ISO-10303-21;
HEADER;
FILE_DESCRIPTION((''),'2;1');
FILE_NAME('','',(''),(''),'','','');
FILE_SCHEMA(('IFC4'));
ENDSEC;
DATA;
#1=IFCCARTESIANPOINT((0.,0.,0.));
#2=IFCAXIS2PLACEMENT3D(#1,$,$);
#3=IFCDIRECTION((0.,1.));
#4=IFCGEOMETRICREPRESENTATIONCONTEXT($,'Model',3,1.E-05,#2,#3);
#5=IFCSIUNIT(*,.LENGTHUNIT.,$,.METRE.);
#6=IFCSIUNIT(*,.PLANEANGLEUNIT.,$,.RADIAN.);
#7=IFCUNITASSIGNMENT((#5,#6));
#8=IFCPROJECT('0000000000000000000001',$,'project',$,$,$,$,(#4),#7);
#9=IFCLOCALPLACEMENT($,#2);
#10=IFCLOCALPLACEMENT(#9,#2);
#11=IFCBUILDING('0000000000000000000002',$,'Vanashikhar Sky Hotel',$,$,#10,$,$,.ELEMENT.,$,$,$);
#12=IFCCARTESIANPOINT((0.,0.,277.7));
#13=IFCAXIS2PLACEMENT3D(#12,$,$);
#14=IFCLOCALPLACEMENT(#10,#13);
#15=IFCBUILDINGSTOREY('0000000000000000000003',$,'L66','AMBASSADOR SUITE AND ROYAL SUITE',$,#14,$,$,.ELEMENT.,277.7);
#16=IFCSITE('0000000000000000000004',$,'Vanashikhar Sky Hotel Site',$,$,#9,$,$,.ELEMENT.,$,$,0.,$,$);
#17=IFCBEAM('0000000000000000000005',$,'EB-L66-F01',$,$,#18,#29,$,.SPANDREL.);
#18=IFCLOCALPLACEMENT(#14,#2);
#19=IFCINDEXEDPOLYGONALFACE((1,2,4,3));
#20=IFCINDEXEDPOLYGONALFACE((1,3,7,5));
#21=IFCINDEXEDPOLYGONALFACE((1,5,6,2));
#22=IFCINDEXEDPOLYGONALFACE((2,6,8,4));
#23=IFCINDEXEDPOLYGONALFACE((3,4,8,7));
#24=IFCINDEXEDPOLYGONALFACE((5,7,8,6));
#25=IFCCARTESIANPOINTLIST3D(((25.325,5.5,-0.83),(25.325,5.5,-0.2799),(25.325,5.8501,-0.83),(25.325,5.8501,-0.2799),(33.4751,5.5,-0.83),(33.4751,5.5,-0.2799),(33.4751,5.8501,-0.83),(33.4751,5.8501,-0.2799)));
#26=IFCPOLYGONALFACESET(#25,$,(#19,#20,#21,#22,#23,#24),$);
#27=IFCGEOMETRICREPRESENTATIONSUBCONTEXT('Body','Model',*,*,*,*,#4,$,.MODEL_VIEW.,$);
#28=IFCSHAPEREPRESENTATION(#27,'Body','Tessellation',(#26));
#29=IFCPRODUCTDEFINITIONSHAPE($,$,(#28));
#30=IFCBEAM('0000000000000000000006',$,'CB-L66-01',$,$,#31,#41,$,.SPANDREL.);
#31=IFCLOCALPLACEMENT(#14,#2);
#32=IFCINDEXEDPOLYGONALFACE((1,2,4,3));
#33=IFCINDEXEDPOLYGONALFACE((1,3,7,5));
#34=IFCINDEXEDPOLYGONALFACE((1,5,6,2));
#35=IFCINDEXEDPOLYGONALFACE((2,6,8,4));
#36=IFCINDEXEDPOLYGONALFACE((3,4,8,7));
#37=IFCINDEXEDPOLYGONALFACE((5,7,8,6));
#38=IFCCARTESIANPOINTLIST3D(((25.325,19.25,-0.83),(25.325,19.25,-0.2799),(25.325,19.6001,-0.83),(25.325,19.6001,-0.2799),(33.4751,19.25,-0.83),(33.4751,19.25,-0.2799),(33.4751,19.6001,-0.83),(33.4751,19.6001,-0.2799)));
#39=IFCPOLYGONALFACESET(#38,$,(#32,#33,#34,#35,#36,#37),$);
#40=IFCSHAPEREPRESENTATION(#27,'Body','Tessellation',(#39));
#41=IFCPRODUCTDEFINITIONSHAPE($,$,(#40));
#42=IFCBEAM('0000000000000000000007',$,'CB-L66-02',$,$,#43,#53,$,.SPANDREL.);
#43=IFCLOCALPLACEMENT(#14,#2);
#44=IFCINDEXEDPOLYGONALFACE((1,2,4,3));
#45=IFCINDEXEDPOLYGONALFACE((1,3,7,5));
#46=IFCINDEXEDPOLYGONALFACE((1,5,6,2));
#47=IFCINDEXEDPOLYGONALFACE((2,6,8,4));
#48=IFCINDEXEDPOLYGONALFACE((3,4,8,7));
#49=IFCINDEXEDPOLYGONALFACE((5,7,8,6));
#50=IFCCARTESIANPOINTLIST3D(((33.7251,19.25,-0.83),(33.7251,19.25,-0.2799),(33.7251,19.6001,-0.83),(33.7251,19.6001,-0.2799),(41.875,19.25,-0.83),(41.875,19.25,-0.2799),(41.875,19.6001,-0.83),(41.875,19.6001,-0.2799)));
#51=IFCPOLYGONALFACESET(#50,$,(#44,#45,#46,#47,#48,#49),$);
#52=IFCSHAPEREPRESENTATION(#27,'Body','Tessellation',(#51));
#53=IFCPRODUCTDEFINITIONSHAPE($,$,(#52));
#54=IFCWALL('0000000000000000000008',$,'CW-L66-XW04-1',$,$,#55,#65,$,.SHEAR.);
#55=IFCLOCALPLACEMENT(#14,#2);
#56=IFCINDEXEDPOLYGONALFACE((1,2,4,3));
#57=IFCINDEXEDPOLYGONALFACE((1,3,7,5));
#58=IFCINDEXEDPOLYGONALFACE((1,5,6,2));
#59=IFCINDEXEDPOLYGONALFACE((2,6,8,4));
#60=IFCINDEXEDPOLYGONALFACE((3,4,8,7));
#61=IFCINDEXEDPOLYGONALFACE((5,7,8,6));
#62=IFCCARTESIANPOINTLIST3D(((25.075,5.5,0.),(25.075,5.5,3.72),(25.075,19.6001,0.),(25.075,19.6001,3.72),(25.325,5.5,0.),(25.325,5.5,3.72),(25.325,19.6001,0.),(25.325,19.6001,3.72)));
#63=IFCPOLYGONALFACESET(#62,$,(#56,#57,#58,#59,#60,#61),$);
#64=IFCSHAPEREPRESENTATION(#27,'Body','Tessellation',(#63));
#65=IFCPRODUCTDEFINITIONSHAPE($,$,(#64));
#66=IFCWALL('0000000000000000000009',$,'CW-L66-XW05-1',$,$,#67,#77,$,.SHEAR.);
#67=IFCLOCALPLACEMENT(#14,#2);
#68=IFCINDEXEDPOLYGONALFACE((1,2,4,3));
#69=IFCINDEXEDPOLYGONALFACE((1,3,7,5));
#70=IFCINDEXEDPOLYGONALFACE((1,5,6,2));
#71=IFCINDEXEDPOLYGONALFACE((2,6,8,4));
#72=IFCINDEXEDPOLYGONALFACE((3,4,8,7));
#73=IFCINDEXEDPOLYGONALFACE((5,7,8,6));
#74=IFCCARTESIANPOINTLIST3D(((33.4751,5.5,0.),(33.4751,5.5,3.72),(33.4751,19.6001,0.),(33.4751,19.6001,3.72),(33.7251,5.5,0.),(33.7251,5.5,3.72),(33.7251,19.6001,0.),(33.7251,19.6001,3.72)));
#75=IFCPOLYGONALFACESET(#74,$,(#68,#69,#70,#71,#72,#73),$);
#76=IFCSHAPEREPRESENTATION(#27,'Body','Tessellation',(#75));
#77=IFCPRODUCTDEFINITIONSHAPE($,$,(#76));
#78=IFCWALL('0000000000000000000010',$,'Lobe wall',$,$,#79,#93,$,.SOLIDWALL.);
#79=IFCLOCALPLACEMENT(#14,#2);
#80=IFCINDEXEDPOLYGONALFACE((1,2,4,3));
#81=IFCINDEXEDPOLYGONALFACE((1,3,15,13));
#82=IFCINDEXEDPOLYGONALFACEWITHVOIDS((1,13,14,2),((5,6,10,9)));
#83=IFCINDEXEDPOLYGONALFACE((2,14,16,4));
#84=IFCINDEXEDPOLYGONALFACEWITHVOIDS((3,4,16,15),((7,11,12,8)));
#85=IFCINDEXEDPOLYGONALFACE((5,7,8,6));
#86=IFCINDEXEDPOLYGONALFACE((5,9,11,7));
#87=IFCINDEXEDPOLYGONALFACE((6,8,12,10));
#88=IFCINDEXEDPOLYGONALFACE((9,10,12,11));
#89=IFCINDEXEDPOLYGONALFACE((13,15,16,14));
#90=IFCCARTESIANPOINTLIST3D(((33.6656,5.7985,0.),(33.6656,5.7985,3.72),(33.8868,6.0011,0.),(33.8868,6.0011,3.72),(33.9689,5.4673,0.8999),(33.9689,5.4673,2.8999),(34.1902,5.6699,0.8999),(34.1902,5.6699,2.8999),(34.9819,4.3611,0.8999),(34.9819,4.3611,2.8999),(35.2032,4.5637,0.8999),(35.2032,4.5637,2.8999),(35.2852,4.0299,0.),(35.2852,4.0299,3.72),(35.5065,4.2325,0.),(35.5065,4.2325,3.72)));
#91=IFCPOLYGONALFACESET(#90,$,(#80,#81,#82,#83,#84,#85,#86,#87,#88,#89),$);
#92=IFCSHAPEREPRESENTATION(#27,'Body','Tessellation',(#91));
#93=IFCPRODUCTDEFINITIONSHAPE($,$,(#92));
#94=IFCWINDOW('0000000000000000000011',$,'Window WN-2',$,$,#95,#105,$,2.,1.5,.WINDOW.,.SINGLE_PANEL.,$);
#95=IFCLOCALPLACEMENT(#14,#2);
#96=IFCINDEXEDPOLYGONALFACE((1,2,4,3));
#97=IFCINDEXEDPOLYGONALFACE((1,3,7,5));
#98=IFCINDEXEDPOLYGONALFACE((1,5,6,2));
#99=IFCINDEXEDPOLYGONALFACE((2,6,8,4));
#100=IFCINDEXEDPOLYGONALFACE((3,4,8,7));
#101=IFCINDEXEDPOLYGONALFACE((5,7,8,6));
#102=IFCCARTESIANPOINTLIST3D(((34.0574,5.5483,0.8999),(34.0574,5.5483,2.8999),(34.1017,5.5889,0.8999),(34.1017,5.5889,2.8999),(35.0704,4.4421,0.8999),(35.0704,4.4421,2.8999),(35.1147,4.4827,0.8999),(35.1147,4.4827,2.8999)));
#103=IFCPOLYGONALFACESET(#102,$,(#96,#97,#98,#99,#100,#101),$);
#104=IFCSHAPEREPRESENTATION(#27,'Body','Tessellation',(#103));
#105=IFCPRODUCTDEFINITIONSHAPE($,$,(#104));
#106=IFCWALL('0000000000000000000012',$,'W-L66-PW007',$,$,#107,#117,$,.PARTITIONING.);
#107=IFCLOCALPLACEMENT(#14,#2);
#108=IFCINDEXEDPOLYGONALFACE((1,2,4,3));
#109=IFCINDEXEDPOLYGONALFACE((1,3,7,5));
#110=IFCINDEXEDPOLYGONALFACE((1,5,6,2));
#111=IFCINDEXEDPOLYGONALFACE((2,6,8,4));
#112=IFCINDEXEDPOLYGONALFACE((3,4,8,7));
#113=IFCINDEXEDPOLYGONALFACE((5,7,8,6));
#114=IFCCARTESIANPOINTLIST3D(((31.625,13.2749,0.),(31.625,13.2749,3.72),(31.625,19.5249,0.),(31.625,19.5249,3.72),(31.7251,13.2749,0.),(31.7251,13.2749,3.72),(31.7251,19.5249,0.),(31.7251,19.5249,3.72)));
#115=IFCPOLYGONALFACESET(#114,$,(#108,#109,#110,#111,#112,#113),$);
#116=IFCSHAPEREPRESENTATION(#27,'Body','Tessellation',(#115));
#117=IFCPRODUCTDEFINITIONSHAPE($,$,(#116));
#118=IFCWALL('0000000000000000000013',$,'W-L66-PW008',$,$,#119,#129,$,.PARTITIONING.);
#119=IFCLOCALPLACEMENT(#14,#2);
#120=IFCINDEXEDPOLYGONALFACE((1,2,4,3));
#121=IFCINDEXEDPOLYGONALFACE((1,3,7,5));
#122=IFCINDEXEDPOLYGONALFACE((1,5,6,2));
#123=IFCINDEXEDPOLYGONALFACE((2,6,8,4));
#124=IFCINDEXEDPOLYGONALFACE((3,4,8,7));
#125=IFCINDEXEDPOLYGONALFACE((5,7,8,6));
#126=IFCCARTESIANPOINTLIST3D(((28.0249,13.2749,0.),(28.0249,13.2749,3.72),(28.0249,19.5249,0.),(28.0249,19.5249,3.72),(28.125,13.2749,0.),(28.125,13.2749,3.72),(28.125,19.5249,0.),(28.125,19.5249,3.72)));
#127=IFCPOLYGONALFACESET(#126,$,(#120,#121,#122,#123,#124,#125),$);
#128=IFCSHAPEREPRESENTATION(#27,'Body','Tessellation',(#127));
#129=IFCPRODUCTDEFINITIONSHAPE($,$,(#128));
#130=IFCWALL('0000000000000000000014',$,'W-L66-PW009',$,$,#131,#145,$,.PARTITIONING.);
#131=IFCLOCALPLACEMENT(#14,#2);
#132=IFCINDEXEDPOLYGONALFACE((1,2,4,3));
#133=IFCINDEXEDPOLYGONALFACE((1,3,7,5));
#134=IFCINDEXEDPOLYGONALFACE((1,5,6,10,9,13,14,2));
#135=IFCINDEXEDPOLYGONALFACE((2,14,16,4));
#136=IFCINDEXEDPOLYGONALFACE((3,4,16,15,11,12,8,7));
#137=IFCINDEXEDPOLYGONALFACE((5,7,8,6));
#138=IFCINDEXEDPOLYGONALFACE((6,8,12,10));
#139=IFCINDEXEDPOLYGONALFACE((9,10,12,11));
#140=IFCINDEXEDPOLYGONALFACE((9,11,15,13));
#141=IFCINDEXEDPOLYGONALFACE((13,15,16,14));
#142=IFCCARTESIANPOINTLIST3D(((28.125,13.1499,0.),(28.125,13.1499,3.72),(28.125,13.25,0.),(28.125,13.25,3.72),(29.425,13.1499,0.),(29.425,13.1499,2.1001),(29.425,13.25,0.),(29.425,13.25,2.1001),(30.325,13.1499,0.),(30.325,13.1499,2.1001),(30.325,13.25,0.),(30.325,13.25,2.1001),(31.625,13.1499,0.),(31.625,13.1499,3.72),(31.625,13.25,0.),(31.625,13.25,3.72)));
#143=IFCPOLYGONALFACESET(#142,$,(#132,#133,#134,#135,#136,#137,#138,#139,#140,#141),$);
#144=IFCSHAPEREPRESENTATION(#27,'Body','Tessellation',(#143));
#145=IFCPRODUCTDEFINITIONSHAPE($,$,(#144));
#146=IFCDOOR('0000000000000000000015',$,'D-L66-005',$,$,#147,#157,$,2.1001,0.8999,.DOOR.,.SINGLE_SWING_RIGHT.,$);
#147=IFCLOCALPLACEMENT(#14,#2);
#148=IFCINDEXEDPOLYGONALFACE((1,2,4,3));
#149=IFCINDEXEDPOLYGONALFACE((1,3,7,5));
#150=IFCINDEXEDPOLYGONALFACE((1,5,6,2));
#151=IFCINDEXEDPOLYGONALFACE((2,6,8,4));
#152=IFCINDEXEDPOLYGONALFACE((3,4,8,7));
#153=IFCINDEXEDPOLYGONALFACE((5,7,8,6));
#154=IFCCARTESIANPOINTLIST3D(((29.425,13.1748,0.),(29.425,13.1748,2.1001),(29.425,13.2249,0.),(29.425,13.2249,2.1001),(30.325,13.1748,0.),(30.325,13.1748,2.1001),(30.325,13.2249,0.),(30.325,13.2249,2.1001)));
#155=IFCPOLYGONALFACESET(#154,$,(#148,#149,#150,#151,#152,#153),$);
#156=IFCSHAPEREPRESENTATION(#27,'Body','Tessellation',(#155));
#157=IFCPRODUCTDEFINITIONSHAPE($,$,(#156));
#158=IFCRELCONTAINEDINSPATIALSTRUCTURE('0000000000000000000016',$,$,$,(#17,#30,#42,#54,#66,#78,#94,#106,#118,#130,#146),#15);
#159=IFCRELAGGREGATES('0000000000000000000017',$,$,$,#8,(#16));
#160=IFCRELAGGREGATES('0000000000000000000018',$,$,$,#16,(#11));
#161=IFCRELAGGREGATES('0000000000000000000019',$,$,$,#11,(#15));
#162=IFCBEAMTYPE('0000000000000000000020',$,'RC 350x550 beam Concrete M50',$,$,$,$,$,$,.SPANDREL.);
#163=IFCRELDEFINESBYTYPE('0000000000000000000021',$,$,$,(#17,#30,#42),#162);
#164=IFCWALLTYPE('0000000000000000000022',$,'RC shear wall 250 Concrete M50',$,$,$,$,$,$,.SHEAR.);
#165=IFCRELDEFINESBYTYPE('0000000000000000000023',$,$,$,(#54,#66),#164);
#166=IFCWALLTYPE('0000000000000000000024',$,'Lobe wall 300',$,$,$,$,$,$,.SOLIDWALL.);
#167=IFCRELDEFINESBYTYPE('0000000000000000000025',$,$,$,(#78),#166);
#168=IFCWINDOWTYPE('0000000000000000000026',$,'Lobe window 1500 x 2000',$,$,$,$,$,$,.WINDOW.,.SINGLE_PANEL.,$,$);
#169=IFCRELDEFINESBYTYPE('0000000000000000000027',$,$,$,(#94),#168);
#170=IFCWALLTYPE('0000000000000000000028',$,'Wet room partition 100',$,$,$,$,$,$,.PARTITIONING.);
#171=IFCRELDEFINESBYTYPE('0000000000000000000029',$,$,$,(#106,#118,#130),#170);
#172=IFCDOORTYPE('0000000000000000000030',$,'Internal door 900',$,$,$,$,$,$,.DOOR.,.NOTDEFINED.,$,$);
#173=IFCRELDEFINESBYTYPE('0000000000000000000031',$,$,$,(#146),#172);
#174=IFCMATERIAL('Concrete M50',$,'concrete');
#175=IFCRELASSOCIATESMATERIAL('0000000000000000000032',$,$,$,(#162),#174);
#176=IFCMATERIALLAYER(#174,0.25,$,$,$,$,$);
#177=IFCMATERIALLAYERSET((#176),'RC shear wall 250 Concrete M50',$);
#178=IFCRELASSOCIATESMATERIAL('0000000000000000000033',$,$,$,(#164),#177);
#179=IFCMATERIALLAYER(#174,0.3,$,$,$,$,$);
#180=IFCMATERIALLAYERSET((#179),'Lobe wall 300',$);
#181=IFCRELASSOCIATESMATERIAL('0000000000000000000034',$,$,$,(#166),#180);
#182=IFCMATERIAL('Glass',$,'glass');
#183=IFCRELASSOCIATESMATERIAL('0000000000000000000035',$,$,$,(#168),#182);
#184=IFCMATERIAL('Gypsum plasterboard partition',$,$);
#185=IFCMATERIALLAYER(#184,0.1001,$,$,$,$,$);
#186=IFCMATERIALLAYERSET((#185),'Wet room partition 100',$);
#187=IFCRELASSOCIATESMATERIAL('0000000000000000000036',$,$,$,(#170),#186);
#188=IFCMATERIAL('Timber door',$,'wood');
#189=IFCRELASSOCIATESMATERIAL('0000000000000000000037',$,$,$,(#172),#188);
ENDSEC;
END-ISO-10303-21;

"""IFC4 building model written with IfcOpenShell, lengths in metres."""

from ifc_helpers import new_model, si_unit, direction, frame, frame_2d, origin, origin_2d, place, context, subcontext, project, spatial, rectangle, extrude, source, transform, mapped, material, layer, layer_set, material_profile, profile_set, type_object, element, fill, save


model = new_model("IFC4")

# Units and contexts
model_context = context("Model", 3, precision=1e-05, world=origin(), true_north=direction((0.0, 1.0)))
body_context = subcontext(model_context, "Body", "Model", "MODEL_VIEW")
ifc_project = project(units=[si_unit("LENGTHUNIT", "METRE"), si_unit("PLANEANGLEUNIT", "RADIAN")], contexts=[model_context])

# Site, building, storey
site_placement = place(None, origin())
site = spatial("IfcSite", under=ifc_project, at=site_placement, Name="Vanashikhar Sky Hotel Site", CompositionType="ELEMENT", RefElevation=0.0)
building_placement = place(site_placement, origin())
building = spatial("IfcBuilding", under=site, at=building_placement, Name="Vanashikhar Sky Hotel", CompositionType="ELEMENT")
storey_placement = place(building_placement, frame((0.0, 0.0, 277.7)))
storey = spatial("IfcBuildingStorey", under=building, at=storey_placement, Name="L66", Description="AMBASSADOR SUITE AND ROYAL SUITE", CompositionType="ELEMENT", Elevation=277.7)

# Beams
ifc_material_1 = material(Name="Concrete M50", Category="concrete")
ifc_material_profile_1 = material_profile(ifc_material_1, rectangle(XDim=0.3501, YDim=0.55, at=origin_2d()))
ifc_profile_set_1 = profile_set([ifc_material_profile_1], Name="RC 350x550 beam Concrete M50")
beam_type = type_object("IfcBeamType", Name="RC 350x550 beam Concrete M50", PredefinedType="SPANDREL", material=ifc_profile_set_1)
shared_shape_1 = source(origin(), body_context, "Body", "SweptSolid", [
    extrude(rectangle(XDim=0.3501, YDim=0.55, at=origin_2d()), origin(), (0.0, 0.0, 1.0), 8.1501),
])
for number, where, z_axis, x_axis, name in (
    (1, (25.325, 5.675, -0.5549), (1.0, 0.0, 0.0), (0.0, 1.0, 0.0), "EB-L66-F01"),
    (2, (25.325, 19.425, -0.5549), (1.0, 0.0, 0.0), (0.0, 1.0, 0.0), "CB-L66-01"),
):
    element("IfcBeam", number, at=place(storey_placement, frame(where, z_axis=z_axis, x_axis=x_axis)), inside=storey, type_object=beam_type, Name=name, PredefinedType="SPANDREL", context=body_context, shape_type="MappedRepresentation", body=[
        mapped(shared_shape_1, transform((0.0, 0.0, 0.0), scale=1.0)),
    ])
shared_shape_2 = source(origin(), body_context, "Body", "SweptSolid", [
    extrude(rectangle(XDim=0.3501, YDim=0.55, at=origin_2d()), origin(), (0.0, 0.0, 1.0), 8.1499),
])
beam_placement = place(storey_placement, frame((33.7251, 19.425, -0.5549), z_axis=(1.0, 0.0, 0.0), x_axis=(0.0, 1.0, 0.0)))
element("IfcBeam", 3, at=beam_placement, inside=storey, type_object=beam_type, Name="CB-L66-02", PredefinedType="SPANDREL", context=body_context, shape_type="MappedRepresentation", body=[
    mapped(shared_shape_2, transform((0.0, 0.0, 0.0), scale=1.0)),
])

# Walls
ifc_layer_1 = layer(ifc_material_1, 0.25)
ifc_layer_set_1 = layer_set([ifc_layer_1], Name="RC shear wall 250 Concrete M50")
wall_type_1 = type_object("IfcWallType", Name="RC shear wall 250 Concrete M50", PredefinedType="SHEAR", material=ifc_layer_set_1)
shared_shape_3 = source(origin(), body_context, "Body", "SweptSolid", [
    extrude(rectangle(XDim=14.1001, YDim=0.25, at=frame_2d((7.05, 0.0))), origin(), (0.0, 0.0, 1.0), 3.72),
])
for number, where, z_axis, x_axis, name in (
    (4, (25.2, 5.5, 0.0), (0.0, 0.0, 1.0), (0.0, 1.0, 0.0), "CW-L66-XW04-1"),
    (5, (33.6001, 5.5, 0.0), (0.0, 0.0, 1.0), (0.0, 1.0, 0.0), "CW-L66-XW05-1"),
):
    element("IfcWall", number, at=place(storey_placement, frame(where, z_axis=z_axis, x_axis=x_axis)), inside=storey, type_object=wall_type_1, Name=name, PredefinedType="SHEAR", context=body_context, shape_type="MappedRepresentation", body=[
        mapped(shared_shape_3, transform((0.0, 0.0, 0.0), scale=1.0)),
    ])

# Shared definitions
ifc_material_2 = material(Name="Glass", Category="glass")

# Wall, opening, window
ifc_layer_2 = layer(ifc_material_1, 0.3)
ifc_layer_set_2 = layer_set([ifc_layer_2], Name="Lobe wall 300")
wall_type_2 = type_object("IfcWallType", Name="Lobe wall 300", PredefinedType="SOLIDWALL", material=ifc_layer_set_2)
shared_shape_4 = source(origin(), body_context, "Body", "SweptSolid", [
    extrude(rectangle(XDim=2.3982, YDim=0.3, at=frame_2d((1.1992, 0.0))), origin(), (0.0, 0.0, 1.0), 3.72),
])
wall_1_placement = place(storey_placement, frame((33.7761, 5.8999, 0.0), z_axis=(0.0, 0.0, 1.0), x_axis=(0.675374, -0.737475, 0.0)))
wall_1 = element("IfcWall", 6, at=wall_1_placement, inside=storey, type_object=wall_type_2, Name="Lobe wall", PredefinedType="SOLIDWALL", context=body_context, shape_type="MappedRepresentation", body=[
    mapped(shared_shape_4, transform((0.0, 0.0, 0.0), scale=1.0)),
])
shared_shape_5 = source(origin(), body_context, "Body", "SweptSolid", [
    extrude(rectangle(XDim=1.5, YDim=2.0, at=frame_2d((0.75, 1.0))), frame((0.0, 0.1602, 0.0), z_axis=(0.0, -1.0, 0.0), x_axis=(1.0, 0.0, 0.0)), (0.0, 0.0, 1.0), 0.3201),
])
opening_1_placement = place(wall_1_placement, frame((0.4492, 0.0, 0.8999)))
opening_1 = element("IfcOpeningElement", 7, at=opening_1_placement, cuts=wall_1, PredefinedType="OPENING", context=body_context, shape_type="MappedRepresentation", body=[
    mapped(shared_shape_5, transform((0.0, 0.0, 0.0), scale=1.0)),
])
window_type_1 = type_object("IfcWindowType", Name="Lobe window 1500 x 2000", PartitioningType="SINGLE_PANEL", PredefinedType="WINDOW", material=ifc_material_2)
shared_shape_6 = source(origin(), body_context, "Body", "SweptSolid", [
    extrude(rectangle(XDim=1.5, YDim=2.0, at=frame_2d((0.75, 1.0))), frame((0.0, 0.03, 0.0), z_axis=(0.0, -1.0, 0.0), x_axis=(1.0, 0.0, 0.0)), (0.0, 0.0, 1.0), 0.0601),
])
window_1_placement = place(opening_1_placement, origin())
window_1 = element("IfcWindow", 8, at=window_1_placement, inside=storey, type_object=window_type_1, Name="Window WN-2", OverallHeight=2.0, OverallWidth=1.5, PartitioningType="SINGLE_PANEL", PredefinedType="WINDOW", context=body_context, shape_type="MappedRepresentation", body=[
    mapped(shared_shape_6, transform((0.0, 0.0, 0.0), scale=1.0)),
])
fill(opening_1, window_1)

# Walls
ifc_material_3 = material(Name="Gypsum plasterboard partition")
ifc_layer_3 = layer(ifc_material_3, 0.1001)
ifc_layer_set_3 = layer_set([ifc_layer_3], Name="Wet room partition 100")
wall_type_3 = type_object("IfcWallType", Name="Wet room partition 100", PredefinedType="PARTITIONING", material=ifc_layer_set_3)
shared_shape_7 = source(origin(), body_context, "Body", "SweptSolid", [
    extrude(rectangle(XDim=6.25, YDim=0.1001, at=frame_2d((3.125, 0.0))), origin(), (0.0, 0.0, 1.0), 3.72),
])
for number, where, z_axis, x_axis, name in (
    (9, (31.675, 13.2749, 0.0), (0.0, 0.0, 1.0), (0.0, 1.0, 0.0), "W-L66-PW007"),
    (10, (28.075, 13.2749, 0.0), (0.0, 0.0, 1.0), (0.0, 1.0, 0.0), "W-L66-PW008"),
):
    element("IfcWall", number, at=place(storey_placement, frame(where, z_axis=z_axis, x_axis=x_axis)), inside=storey, type_object=wall_type_3, Name=name, PredefinedType="PARTITIONING", context=body_context, shape_type="MappedRepresentation", body=[
        mapped(shared_shape_7, transform((0.0, 0.0, 0.0), scale=1.0)),
    ])

# Wall, opening, door
shared_shape_8 = source(origin(), body_context, "Body", "SweptSolid", [
    extrude(rectangle(XDim=3.5, YDim=0.1001, at=frame_2d((1.75, 0.0))), origin(), (0.0, 0.0, 1.0), 3.72),
])
wall_2_placement = place(storey_placement, frame((28.125, 13.2, 0.0), z_axis=(0.0, 0.0, 1.0), x_axis=(1.0, 0.0, 0.0)))
wall_2 = element("IfcWall", 11, at=wall_2_placement, inside=storey, type_object=wall_type_3, Name="W-L66-PW009", PredefinedType="PARTITIONING", context=body_context, shape_type="MappedRepresentation", body=[
    mapped(shared_shape_8, transform((0.0, 0.0, 0.0), scale=1.0)),
])
shared_shape_9 = source(origin(), body_context, "Body", "SweptSolid", [
    extrude(rectangle(XDim=0.8999, YDim=2.1001, at=frame_2d((0.45, 1.05))), frame((0.0, 0.0601, 0.0), z_axis=(0.0, -1.0, 0.0), x_axis=(1.0, 0.0, 0.0)), (0.0, 0.0, 1.0), 0.1201),
])
opening_2_placement = place(wall_2_placement, frame((1.3, 0.0, 0.0)))
opening_2 = element("IfcOpeningElement", 12, at=opening_2_placement, cuts=wall_2, PredefinedType="OPENING", context=body_context, shape_type="MappedRepresentation", body=[
    mapped(shared_shape_9, transform((0.0, 0.0, 0.0), scale=1.0)),
])
ifc_material_4 = material(Name="Timber door", Category="wood")
door_type_1 = type_object("IfcDoorType", Name="Internal door 900", OperationType="NOTDEFINED", PredefinedType="DOOR", material=ifc_material_4)
shared_shape_10 = source(origin(), body_context, "Body", "SweptSolid", [
    extrude(rectangle(XDim=0.8999, YDim=2.1001, at=frame_2d((0.45, 1.05))), frame((0.0, 0.0249, 0.0), z_axis=(0.0, -1.0, 0.0), x_axis=(1.0, 0.0, 0.0)), (0.0, 0.0, 1.0), 0.05),
])
door_1_placement = place(opening_2_placement, origin())
door_1 = element("IfcDoor", 13, at=door_1_placement, inside=storey, type_object=door_type_1, Name="D-L66-005", OperationType="SINGLE_SWING_RIGHT", OverallHeight=2.1001, OverallWidth=0.8999, PredefinedType="DOOR", context=body_context, shape_type="MappedRepresentation", body=[
    mapped(shared_shape_10, transform((0.0, 0.0, 0.0), scale=1.0)),
])
fill(opening_2, door_1)

save(model, "model.ifc")
